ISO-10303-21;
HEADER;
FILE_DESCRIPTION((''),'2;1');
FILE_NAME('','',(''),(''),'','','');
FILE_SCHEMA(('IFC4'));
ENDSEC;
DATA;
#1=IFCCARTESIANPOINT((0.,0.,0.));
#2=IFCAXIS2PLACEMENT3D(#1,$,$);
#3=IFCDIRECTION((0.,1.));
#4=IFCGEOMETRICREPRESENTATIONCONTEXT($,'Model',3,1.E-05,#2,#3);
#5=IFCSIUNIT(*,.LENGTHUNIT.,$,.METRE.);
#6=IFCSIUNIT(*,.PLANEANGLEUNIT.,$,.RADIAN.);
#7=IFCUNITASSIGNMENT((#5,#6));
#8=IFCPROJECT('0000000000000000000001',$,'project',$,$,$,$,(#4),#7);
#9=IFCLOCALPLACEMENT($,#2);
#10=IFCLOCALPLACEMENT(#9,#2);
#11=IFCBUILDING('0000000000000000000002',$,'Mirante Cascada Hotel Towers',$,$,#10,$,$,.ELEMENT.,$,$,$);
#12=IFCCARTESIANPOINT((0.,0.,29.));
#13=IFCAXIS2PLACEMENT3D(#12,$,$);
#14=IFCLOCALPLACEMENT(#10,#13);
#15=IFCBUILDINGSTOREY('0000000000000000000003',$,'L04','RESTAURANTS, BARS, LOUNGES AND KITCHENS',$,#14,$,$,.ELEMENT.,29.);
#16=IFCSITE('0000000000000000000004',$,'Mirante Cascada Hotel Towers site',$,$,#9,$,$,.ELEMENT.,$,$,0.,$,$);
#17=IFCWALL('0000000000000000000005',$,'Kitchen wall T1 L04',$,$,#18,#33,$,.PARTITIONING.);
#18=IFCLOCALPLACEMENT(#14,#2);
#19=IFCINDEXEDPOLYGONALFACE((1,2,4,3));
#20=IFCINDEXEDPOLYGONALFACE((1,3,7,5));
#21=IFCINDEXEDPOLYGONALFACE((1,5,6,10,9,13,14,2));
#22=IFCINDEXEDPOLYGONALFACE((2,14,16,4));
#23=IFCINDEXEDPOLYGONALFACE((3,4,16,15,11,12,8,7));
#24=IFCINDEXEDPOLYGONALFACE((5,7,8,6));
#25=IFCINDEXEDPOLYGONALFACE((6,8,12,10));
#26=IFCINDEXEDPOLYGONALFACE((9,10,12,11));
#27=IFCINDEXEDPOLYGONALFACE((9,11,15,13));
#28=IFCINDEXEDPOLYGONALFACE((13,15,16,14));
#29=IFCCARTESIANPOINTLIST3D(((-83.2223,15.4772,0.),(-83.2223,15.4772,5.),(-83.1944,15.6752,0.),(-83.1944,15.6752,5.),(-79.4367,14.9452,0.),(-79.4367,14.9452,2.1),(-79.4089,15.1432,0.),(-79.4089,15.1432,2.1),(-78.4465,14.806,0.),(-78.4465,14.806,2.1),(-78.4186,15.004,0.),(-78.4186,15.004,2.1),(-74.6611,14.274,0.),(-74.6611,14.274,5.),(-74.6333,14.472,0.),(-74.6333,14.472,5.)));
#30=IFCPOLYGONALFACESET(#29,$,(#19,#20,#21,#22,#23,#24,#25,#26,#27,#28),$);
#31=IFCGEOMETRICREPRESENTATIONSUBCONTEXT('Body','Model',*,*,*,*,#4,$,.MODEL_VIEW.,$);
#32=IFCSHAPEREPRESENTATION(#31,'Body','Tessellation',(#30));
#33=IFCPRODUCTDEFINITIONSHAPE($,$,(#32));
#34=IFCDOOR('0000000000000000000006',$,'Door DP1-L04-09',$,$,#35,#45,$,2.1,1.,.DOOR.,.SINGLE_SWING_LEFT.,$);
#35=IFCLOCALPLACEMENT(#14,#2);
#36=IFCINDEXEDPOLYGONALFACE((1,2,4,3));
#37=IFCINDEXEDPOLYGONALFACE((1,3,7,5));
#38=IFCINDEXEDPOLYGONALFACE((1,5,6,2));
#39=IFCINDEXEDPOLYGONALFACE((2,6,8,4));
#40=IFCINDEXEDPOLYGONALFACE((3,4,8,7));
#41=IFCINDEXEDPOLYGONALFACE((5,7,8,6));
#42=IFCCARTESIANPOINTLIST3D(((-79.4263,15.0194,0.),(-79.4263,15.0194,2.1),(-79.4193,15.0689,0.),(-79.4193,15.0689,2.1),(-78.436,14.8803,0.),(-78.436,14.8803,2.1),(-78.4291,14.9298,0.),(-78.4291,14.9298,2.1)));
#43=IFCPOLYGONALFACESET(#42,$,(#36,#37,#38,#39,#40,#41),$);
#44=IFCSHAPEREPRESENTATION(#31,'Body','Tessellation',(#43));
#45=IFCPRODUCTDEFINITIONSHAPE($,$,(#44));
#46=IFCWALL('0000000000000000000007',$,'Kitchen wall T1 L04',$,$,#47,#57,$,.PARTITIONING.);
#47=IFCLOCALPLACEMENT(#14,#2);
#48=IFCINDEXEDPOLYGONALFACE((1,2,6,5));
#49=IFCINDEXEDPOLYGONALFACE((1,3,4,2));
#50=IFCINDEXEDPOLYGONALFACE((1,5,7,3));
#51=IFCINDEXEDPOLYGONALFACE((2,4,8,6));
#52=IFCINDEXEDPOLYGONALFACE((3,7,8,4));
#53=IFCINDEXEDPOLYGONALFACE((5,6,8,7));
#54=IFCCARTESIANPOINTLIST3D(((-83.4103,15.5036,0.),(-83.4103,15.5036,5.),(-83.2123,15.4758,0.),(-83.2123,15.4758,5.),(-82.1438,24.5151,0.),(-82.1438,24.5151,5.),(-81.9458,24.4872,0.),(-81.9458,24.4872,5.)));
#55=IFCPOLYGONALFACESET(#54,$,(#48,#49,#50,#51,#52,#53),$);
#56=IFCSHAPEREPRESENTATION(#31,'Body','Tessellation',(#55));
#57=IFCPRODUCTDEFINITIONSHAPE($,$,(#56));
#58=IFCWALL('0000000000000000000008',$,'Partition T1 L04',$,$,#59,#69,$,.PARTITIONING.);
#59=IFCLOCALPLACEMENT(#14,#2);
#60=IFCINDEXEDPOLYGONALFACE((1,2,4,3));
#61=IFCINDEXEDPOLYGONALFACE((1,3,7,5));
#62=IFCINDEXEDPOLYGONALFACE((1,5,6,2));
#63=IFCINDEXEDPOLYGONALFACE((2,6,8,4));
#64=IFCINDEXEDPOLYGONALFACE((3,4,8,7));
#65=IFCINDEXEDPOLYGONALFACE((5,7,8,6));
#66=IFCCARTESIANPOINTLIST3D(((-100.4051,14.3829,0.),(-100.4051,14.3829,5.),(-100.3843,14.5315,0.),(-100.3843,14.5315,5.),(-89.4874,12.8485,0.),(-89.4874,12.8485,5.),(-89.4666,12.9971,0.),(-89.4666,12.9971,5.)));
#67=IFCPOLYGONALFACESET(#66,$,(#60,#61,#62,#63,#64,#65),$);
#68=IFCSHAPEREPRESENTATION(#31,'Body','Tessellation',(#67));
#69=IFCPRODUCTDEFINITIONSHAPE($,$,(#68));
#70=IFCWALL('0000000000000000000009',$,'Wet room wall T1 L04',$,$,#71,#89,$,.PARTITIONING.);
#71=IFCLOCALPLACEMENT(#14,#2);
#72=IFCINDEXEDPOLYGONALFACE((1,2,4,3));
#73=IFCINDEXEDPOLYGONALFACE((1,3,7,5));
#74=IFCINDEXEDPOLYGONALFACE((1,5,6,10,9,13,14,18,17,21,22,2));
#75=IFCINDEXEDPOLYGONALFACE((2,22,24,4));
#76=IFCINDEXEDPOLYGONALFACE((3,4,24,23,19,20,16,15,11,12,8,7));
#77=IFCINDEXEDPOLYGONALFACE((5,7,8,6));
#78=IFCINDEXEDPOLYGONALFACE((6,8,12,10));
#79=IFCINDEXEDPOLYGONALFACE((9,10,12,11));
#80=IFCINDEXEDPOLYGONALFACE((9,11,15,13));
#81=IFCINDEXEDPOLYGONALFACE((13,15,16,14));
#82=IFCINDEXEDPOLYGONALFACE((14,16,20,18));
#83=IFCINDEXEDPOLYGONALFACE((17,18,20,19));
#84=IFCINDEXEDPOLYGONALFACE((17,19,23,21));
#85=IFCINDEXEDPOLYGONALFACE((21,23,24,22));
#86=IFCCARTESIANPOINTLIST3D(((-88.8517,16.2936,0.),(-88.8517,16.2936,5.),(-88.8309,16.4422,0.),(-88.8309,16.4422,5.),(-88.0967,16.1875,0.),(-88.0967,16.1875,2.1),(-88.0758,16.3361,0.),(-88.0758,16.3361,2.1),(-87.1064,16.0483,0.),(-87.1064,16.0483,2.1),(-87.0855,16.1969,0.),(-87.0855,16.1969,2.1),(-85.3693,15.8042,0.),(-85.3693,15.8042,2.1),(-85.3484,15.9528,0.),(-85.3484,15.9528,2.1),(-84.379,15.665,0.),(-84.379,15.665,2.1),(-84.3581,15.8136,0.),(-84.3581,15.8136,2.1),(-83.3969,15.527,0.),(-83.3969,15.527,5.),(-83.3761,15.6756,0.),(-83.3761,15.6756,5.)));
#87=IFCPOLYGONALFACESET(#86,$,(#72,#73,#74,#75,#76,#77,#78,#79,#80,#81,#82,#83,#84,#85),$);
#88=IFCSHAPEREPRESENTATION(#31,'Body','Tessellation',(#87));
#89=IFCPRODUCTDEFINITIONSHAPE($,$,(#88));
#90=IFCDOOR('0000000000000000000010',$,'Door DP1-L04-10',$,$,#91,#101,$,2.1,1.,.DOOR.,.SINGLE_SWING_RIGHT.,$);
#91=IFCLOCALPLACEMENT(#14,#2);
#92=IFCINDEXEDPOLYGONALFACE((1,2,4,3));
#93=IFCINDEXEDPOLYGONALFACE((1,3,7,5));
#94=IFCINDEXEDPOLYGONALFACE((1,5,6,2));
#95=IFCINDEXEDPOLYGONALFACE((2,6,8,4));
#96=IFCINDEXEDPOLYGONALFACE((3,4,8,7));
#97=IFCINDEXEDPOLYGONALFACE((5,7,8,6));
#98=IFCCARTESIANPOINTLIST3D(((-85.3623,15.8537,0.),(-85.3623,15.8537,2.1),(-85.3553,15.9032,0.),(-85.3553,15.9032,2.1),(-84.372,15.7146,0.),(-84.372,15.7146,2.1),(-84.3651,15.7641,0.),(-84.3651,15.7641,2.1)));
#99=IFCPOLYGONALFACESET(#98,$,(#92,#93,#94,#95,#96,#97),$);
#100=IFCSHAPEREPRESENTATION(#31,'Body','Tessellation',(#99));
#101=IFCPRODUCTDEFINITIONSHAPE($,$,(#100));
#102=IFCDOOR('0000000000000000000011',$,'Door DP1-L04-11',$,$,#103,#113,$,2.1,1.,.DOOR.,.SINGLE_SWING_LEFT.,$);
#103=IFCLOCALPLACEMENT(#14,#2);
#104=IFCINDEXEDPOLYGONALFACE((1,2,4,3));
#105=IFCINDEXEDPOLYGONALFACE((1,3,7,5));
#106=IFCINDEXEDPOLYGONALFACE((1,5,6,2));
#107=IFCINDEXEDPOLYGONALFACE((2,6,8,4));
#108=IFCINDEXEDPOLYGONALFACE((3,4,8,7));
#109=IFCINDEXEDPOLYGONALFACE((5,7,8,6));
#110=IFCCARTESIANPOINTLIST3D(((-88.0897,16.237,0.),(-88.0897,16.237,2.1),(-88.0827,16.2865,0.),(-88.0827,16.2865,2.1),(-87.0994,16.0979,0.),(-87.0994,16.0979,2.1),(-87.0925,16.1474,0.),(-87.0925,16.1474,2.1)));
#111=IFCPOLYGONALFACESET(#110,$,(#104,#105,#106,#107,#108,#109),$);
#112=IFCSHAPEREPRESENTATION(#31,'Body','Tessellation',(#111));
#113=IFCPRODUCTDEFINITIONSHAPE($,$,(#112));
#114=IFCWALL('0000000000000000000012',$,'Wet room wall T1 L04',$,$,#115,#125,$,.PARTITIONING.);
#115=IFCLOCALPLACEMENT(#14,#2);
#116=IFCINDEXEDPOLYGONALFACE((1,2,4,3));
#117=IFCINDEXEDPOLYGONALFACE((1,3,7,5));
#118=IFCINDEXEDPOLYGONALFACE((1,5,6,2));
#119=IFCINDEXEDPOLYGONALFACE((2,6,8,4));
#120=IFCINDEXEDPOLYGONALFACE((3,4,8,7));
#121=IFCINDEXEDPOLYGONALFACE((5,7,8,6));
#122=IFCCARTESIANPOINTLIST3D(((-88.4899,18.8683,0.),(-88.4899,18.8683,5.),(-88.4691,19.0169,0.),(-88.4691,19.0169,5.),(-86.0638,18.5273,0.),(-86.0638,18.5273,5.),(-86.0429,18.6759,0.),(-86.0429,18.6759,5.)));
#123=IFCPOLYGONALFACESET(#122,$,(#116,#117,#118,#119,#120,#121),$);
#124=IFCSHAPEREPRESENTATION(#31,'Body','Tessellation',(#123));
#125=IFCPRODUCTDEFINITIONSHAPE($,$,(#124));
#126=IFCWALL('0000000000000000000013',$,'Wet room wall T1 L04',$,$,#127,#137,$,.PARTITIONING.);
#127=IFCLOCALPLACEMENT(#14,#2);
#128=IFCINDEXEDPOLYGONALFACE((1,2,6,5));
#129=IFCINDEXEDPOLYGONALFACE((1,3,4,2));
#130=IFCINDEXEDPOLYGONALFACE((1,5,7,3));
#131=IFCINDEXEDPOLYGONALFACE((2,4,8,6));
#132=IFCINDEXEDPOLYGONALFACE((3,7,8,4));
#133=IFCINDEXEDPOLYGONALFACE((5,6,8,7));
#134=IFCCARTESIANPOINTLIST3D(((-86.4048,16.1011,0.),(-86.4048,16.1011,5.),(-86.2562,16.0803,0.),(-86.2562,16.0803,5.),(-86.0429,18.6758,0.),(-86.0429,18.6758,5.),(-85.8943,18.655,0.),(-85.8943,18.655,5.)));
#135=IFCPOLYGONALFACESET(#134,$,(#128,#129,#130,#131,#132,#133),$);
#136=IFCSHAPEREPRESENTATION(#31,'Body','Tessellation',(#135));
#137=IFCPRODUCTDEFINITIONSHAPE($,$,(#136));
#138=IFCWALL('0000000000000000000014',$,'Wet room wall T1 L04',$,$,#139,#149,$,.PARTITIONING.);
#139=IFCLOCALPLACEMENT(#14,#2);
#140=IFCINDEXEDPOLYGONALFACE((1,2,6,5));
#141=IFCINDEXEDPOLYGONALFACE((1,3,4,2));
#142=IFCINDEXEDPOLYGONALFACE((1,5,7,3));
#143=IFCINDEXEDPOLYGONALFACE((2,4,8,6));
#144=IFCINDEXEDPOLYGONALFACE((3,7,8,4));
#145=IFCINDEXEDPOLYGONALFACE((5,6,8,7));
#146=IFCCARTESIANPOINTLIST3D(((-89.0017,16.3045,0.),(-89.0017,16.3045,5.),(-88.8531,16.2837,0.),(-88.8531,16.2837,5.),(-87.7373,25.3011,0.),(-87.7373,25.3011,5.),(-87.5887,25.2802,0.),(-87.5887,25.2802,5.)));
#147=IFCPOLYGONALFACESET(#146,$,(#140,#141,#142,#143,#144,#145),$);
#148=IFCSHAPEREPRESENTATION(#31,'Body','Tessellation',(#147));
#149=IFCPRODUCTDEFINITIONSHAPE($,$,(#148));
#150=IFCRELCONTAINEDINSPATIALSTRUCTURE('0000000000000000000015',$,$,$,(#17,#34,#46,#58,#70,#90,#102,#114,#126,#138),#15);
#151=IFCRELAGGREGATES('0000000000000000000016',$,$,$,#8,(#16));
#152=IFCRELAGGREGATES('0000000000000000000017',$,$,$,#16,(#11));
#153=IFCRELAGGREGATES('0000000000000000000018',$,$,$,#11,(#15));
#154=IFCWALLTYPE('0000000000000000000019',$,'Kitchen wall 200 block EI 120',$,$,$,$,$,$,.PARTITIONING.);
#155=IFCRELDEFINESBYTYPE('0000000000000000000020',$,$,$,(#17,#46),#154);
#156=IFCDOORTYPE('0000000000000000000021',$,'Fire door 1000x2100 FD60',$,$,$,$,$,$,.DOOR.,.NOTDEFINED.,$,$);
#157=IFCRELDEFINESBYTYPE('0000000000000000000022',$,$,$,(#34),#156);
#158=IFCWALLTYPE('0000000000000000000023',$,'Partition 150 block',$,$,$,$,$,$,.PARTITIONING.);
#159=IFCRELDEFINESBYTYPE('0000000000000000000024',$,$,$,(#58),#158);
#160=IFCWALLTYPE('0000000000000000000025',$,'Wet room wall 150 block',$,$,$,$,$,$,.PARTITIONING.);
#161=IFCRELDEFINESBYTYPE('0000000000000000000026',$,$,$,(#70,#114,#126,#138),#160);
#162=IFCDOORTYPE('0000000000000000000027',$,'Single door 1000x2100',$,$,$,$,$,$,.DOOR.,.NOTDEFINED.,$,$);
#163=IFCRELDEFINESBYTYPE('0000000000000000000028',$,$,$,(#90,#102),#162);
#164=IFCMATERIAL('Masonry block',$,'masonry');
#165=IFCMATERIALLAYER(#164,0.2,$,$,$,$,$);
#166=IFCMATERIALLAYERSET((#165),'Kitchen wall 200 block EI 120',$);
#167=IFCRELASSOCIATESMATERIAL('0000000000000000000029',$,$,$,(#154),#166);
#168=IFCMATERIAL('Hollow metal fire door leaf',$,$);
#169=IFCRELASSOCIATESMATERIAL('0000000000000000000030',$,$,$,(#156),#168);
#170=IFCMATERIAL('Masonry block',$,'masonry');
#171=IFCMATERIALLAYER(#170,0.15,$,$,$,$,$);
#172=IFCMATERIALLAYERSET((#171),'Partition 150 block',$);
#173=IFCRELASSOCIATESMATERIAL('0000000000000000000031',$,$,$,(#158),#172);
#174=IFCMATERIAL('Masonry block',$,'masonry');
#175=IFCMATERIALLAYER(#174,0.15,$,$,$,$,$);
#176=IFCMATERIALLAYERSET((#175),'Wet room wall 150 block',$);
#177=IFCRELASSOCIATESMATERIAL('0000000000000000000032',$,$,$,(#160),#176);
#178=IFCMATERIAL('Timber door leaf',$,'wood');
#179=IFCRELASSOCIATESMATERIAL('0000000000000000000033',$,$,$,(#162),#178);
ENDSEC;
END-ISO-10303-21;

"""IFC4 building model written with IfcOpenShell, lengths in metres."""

from ifc_helpers import new_model, si_unit, direction, frame, frame_2d, origin, place, context, subcontext, project, spatial, rectangle, extrude, material, layer, layer_set, type_object, element, fill, save


model = new_model("IFC4")

# Units and contexts
model_context = context("Model", 3, precision=1e-05, world=origin(), true_north=direction((0.0, 1.0)))
body_context = subcontext(model_context, "Body", "Model", "MODEL_VIEW")
ifc_project = project(units=[si_unit("LENGTHUNIT", "METRE"), si_unit("PLANEANGLEUNIT", "RADIAN")], contexts=[model_context])

# Site, building, storey
site_placement = place(None, origin())
site = spatial("IfcSite", under=ifc_project, at=site_placement, Name="Mirante Cascada Hotel Towers site", CompositionType="ELEMENT", RefElevation=0.0)
building_placement = place(site_placement, origin())
building = spatial("IfcBuilding", under=site, at=building_placement, Name="Mirante Cascada Hotel Towers", CompositionType="ELEMENT")
storey_placement = place(building_placement, frame((0.0, 0.0, 29.0)))
storey = spatial("IfcBuildingStorey", under=building, at=storey_placement, Name="L04", Description="RESTAURANTS, BARS, LOUNGES AND KITCHENS", CompositionType="ELEMENT", Elevation=29.0)

# Wall, opening, door
ifc_material_1 = material(Name="Masonry block", Category="masonry")
ifc_layer_1 = layer(ifc_material_1, 0.2)
ifc_layer_set_1 = layer_set([ifc_layer_1], Name="Kitchen wall 200 block EI 120")
wall_type_1 = type_object("IfcWallType", Name="Kitchen wall 200 block EI 120", PredefinedType="PARTITIONING", material=ifc_layer_set_1)
wall_1_placement = place(storey_placement, frame((-83.2083, 15.5762, 0.0), z_axis=(0.0, 0.0, 1.0), x_axis=(0.990268, -0.139173, 0.0)))
wall_1 = element("IfcWall", 1, at=wall_1_placement, inside=storey, type_object=wall_type_1, Name="Kitchen wall T1 L04", PredefinedType="PARTITIONING", context=body_context, shape_type="SweptSolid", body=[
    extrude(rectangle(XDim=8.6453, YDim=0.2, at=frame_2d((4.3226, 0.0))), origin(), (0.0, 0.0, 1.0), 5.0),
])
opening_1_placement = place(wall_1_placement, frame((3.8227, 0.0, 0.0)))
opening_1 = element("IfcOpeningElement", 2, at=opening_1_placement, cuts=wall_1, PredefinedType="OPENING", context=body_context, shape_type="SweptSolid", body=[
    extrude(rectangle(XDim=1.0, YDim=2.1, at=frame_2d((0.5, 1.05))), frame((0.0, 0.1, 0.0), z_axis=(0.0, -1.0, 0.0), x_axis=(1.0, 0.0, 0.0)), (0.0, 0.0, 1.0), 0.2),
])
ifc_material_2 = material(Name="Hollow metal fire door leaf")
door_type_1 = type_object("IfcDoorType", Name="Fire door 1000x2100 FD60", OperationType="NOTDEFINED", PredefinedType="DOOR", material=ifc_material_2)
door_1_placement = place(opening_1_placement, origin())
door_1 = element("IfcDoor", 3, at=door_1_placement, inside=storey, type_object=door_type_1, Name="Door DP1-L04-09", OperationType="SINGLE_SWING_LEFT", OverallHeight=2.1, OverallWidth=1.0, PredefinedType="DOOR", context=body_context, shape_type="SweptSolid", body=[
    extrude(rectangle(XDim=1.0, YDim=2.1, at=frame_2d((0.5, 1.05))), frame((0.0, 0.025, 0.0), z_axis=(0.0, -1.0, 0.0), x_axis=(1.0, 0.0, 0.0)), (0.0, 0.0, 1.0), 0.05),
])
fill(opening_1, door_1)

# Walls
wall_2_placement = place(storey_placement, frame((-83.3113, 15.4897, 0.0), z_axis=(0.0, 0.0, 1.0), x_axis=(0.139176, 0.990268, 0.0)))
element("IfcWall", 4, at=wall_2_placement, inside=storey, type_object=wall_type_1, Name="Kitchen wall T1 L04", PredefinedType="PARTITIONING", context=body_context, shape_type="SweptSolid", body=[
    extrude(rectangle(XDim=9.1, YDim=0.2, at=frame_2d((4.55, 0.0))), origin(), (0.0, 0.0, 1.0), 5.0),
])
ifc_material_3 = material(Name="Masonry block", Category="masonry")
ifc_layer_2 = layer(ifc_material_3, 0.15)
ifc_layer_set_2 = layer_set([ifc_layer_2], Name="Partition 150 block")
wall_type_2 = type_object("IfcWallType", Name="Partition 150 block", PredefinedType="PARTITIONING", material=ifc_layer_set_2)
wall_3_placement = place(storey_placement, frame((-100.3947, 14.4572, 0.0), z_axis=(0.0, 0.0, 1.0), x_axis=(0.990268, -0.139175, 0.0)))
element("IfcWall", 5, at=wall_3_placement, inside=storey, type_object=wall_type_2, Name="Partition T1 L04", PredefinedType="PARTITIONING", context=body_context, shape_type="SweptSolid", body=[
    extrude(rectangle(XDim=11.025, YDim=0.15, at=frame_2d((5.5125, 0.0))), origin(), (0.0, 0.0, 1.0), 5.0),
])

# Wall, openings, doors
ifc_material_4 = material(Name="Masonry block", Category="masonry")
ifc_layer_3 = layer(ifc_material_4, 0.15)
ifc_layer_set_3 = layer_set([ifc_layer_3], Name="Wet room wall 150 block")
wall_type_3 = type_object("IfcWallType", Name="Wet room wall 150 block", PredefinedType="PARTITIONING", material=ifc_layer_set_3)
wall_4_placement = place(storey_placement, frame((-88.8413, 16.3679, 0.0), z_axis=(0.0, 0.0, 1.0), x_axis=(0.990269, -0.139169, 0.0)))
wall_4 = element("IfcWall", 6, at=wall_4_placement, inside=storey, type_object=wall_type_3, Name="Wet room wall T1 L04", PredefinedType="PARTITIONING", context=body_context, shape_type="SweptSolid", body=[
    extrude(rectangle(XDim=5.5084, YDim=0.15, at=frame_2d((2.7542, 0.0))), origin(), (0.0, 0.0, 1.0), 5.0),
])
opening_2_placement = place(wall_4_placement, frame((3.5167, 0.0, 0.0)))
opening_2 = element("IfcOpeningElement", 7, at=opening_2_placement, cuts=wall_4, PredefinedType="OPENING", context=body_context, shape_type="SweptSolid", body=[
    extrude(rectangle(XDim=1.0, YDim=2.1, at=frame_2d((0.5, 1.05))), frame((0.0, 0.075, 0.0), z_axis=(0.0, -1.0, 0.0), x_axis=(1.0, 0.0, 0.0)), (0.0, 0.0, 1.0), 0.15),
])
opening_3_placement = place(wall_4_placement, frame((0.7625, 0.0, 0.0)))
opening_3 = element("IfcOpeningElement", 8, at=opening_3_placement, cuts=wall_4, PredefinedType="OPENING", context=body_context, shape_type="SweptSolid", body=[
    extrude(rectangle(XDim=1.0, YDim=2.1, at=frame_2d((0.5, 1.05))), frame((0.0, 0.075, 0.0), z_axis=(0.0, -1.0, 0.0), x_axis=(1.0, 0.0, 0.0)), (0.0, 0.0, 1.0), 0.15),
])
ifc_material_5 = material(Name="Timber door leaf", Category="wood")
door_type_2 = type_object("IfcDoorType", Name="Single door 1000x2100", OperationType="NOTDEFINED", PredefinedType="DOOR", material=ifc_material_5)
door_2_placement = place(opening_2_placement, origin())
door_2 = element("IfcDoor", 9, at=door_2_placement, inside=storey, type_object=door_type_2, Name="Door DP1-L04-10", OperationType="SINGLE_SWING_RIGHT", OverallHeight=2.1, OverallWidth=1.0, PredefinedType="DOOR", context=body_context, shape_type="SweptSolid", body=[
    extrude(rectangle(XDim=1.0, YDim=2.1, at=frame_2d((0.5, 1.05))), frame((0.0, 0.025, 0.0), z_axis=(0.0, -1.0, 0.0), x_axis=(1.0, 0.0, 0.0)), (0.0, 0.0, 1.0), 0.05),
])
fill(opening_2, door_2)
door_3_placement = place(opening_3_placement, origin())
door_3 = element("IfcDoor", 10, at=door_3_placement, inside=storey, type_object=door_type_2, Name="Door DP1-L04-11", OperationType="SINGLE_SWING_LEFT", OverallHeight=2.1, OverallWidth=1.0, PredefinedType="DOOR", context=body_context, shape_type="SweptSolid", body=[
    extrude(rectangle(XDim=1.0, YDim=2.1, at=frame_2d((0.5, 1.05))), frame((0.0, 0.025, 0.0), z_axis=(0.0, -1.0, 0.0), x_axis=(1.0, 0.0, 0.0)), (0.0, 0.0, 1.0), 0.05),
])
fill(opening_3, door_3)

# Walls
wall_5_placement = place(storey_placement, frame((-88.4795, 18.9426, 0.0), z_axis=(0.0, 0.0, 1.0), x_axis=(0.990267, -0.139181, 0.0)))
element("IfcWall", 11, at=wall_5_placement, inside=storey, type_object=wall_type_3, Name="Wet room wall T1 L04", PredefinedType="PARTITIONING", context=body_context, shape_type="SweptSolid", body=[
    extrude(rectangle(XDim=2.45, YDim=0.15, at=frame_2d((1.225, 0.0))), origin(), (0.0, 0.0, 1.0), 5.0),
])
wall_6_placement = place(storey_placement, frame((-86.3305, 16.0907, 0.0), z_axis=(0.0, 0.0, 1.0), x_axis=(0.139192, 0.990265, 0.0)))
element("IfcWall", 12, at=wall_6_placement, inside=storey, type_object=wall_type_3, Name="Wet room wall T1 L04", PredefinedType="PARTITIONING", context=body_context, shape_type="SweptSolid", body=[
    extrude(rectangle(XDim=2.6, YDim=0.15, at=frame_2d((1.3, 0.0))), origin(), (0.0, 0.0, 1.0), 5.0),
])
wall_7_placement = place(storey_placement, frame((-88.9274, 16.2941, 0.0), z_axis=(0.0, 0.0, 1.0), x_axis=(0.139174, 0.990268, 0.0)))
element("IfcWall", 13, at=wall_7_placement, inside=storey, type_object=wall_type_3, Name="Wet room wall T1 L04", PredefinedType="PARTITIONING", context=body_context, shape_type="SweptSolid", body=[
    extrude(rectangle(XDim=9.085, YDim=0.15, at=frame_2d((4.5425, 0.0))), origin(), (0.0, 0.0, 1.0), 5.0),
])

save(model, "model.ifc")
